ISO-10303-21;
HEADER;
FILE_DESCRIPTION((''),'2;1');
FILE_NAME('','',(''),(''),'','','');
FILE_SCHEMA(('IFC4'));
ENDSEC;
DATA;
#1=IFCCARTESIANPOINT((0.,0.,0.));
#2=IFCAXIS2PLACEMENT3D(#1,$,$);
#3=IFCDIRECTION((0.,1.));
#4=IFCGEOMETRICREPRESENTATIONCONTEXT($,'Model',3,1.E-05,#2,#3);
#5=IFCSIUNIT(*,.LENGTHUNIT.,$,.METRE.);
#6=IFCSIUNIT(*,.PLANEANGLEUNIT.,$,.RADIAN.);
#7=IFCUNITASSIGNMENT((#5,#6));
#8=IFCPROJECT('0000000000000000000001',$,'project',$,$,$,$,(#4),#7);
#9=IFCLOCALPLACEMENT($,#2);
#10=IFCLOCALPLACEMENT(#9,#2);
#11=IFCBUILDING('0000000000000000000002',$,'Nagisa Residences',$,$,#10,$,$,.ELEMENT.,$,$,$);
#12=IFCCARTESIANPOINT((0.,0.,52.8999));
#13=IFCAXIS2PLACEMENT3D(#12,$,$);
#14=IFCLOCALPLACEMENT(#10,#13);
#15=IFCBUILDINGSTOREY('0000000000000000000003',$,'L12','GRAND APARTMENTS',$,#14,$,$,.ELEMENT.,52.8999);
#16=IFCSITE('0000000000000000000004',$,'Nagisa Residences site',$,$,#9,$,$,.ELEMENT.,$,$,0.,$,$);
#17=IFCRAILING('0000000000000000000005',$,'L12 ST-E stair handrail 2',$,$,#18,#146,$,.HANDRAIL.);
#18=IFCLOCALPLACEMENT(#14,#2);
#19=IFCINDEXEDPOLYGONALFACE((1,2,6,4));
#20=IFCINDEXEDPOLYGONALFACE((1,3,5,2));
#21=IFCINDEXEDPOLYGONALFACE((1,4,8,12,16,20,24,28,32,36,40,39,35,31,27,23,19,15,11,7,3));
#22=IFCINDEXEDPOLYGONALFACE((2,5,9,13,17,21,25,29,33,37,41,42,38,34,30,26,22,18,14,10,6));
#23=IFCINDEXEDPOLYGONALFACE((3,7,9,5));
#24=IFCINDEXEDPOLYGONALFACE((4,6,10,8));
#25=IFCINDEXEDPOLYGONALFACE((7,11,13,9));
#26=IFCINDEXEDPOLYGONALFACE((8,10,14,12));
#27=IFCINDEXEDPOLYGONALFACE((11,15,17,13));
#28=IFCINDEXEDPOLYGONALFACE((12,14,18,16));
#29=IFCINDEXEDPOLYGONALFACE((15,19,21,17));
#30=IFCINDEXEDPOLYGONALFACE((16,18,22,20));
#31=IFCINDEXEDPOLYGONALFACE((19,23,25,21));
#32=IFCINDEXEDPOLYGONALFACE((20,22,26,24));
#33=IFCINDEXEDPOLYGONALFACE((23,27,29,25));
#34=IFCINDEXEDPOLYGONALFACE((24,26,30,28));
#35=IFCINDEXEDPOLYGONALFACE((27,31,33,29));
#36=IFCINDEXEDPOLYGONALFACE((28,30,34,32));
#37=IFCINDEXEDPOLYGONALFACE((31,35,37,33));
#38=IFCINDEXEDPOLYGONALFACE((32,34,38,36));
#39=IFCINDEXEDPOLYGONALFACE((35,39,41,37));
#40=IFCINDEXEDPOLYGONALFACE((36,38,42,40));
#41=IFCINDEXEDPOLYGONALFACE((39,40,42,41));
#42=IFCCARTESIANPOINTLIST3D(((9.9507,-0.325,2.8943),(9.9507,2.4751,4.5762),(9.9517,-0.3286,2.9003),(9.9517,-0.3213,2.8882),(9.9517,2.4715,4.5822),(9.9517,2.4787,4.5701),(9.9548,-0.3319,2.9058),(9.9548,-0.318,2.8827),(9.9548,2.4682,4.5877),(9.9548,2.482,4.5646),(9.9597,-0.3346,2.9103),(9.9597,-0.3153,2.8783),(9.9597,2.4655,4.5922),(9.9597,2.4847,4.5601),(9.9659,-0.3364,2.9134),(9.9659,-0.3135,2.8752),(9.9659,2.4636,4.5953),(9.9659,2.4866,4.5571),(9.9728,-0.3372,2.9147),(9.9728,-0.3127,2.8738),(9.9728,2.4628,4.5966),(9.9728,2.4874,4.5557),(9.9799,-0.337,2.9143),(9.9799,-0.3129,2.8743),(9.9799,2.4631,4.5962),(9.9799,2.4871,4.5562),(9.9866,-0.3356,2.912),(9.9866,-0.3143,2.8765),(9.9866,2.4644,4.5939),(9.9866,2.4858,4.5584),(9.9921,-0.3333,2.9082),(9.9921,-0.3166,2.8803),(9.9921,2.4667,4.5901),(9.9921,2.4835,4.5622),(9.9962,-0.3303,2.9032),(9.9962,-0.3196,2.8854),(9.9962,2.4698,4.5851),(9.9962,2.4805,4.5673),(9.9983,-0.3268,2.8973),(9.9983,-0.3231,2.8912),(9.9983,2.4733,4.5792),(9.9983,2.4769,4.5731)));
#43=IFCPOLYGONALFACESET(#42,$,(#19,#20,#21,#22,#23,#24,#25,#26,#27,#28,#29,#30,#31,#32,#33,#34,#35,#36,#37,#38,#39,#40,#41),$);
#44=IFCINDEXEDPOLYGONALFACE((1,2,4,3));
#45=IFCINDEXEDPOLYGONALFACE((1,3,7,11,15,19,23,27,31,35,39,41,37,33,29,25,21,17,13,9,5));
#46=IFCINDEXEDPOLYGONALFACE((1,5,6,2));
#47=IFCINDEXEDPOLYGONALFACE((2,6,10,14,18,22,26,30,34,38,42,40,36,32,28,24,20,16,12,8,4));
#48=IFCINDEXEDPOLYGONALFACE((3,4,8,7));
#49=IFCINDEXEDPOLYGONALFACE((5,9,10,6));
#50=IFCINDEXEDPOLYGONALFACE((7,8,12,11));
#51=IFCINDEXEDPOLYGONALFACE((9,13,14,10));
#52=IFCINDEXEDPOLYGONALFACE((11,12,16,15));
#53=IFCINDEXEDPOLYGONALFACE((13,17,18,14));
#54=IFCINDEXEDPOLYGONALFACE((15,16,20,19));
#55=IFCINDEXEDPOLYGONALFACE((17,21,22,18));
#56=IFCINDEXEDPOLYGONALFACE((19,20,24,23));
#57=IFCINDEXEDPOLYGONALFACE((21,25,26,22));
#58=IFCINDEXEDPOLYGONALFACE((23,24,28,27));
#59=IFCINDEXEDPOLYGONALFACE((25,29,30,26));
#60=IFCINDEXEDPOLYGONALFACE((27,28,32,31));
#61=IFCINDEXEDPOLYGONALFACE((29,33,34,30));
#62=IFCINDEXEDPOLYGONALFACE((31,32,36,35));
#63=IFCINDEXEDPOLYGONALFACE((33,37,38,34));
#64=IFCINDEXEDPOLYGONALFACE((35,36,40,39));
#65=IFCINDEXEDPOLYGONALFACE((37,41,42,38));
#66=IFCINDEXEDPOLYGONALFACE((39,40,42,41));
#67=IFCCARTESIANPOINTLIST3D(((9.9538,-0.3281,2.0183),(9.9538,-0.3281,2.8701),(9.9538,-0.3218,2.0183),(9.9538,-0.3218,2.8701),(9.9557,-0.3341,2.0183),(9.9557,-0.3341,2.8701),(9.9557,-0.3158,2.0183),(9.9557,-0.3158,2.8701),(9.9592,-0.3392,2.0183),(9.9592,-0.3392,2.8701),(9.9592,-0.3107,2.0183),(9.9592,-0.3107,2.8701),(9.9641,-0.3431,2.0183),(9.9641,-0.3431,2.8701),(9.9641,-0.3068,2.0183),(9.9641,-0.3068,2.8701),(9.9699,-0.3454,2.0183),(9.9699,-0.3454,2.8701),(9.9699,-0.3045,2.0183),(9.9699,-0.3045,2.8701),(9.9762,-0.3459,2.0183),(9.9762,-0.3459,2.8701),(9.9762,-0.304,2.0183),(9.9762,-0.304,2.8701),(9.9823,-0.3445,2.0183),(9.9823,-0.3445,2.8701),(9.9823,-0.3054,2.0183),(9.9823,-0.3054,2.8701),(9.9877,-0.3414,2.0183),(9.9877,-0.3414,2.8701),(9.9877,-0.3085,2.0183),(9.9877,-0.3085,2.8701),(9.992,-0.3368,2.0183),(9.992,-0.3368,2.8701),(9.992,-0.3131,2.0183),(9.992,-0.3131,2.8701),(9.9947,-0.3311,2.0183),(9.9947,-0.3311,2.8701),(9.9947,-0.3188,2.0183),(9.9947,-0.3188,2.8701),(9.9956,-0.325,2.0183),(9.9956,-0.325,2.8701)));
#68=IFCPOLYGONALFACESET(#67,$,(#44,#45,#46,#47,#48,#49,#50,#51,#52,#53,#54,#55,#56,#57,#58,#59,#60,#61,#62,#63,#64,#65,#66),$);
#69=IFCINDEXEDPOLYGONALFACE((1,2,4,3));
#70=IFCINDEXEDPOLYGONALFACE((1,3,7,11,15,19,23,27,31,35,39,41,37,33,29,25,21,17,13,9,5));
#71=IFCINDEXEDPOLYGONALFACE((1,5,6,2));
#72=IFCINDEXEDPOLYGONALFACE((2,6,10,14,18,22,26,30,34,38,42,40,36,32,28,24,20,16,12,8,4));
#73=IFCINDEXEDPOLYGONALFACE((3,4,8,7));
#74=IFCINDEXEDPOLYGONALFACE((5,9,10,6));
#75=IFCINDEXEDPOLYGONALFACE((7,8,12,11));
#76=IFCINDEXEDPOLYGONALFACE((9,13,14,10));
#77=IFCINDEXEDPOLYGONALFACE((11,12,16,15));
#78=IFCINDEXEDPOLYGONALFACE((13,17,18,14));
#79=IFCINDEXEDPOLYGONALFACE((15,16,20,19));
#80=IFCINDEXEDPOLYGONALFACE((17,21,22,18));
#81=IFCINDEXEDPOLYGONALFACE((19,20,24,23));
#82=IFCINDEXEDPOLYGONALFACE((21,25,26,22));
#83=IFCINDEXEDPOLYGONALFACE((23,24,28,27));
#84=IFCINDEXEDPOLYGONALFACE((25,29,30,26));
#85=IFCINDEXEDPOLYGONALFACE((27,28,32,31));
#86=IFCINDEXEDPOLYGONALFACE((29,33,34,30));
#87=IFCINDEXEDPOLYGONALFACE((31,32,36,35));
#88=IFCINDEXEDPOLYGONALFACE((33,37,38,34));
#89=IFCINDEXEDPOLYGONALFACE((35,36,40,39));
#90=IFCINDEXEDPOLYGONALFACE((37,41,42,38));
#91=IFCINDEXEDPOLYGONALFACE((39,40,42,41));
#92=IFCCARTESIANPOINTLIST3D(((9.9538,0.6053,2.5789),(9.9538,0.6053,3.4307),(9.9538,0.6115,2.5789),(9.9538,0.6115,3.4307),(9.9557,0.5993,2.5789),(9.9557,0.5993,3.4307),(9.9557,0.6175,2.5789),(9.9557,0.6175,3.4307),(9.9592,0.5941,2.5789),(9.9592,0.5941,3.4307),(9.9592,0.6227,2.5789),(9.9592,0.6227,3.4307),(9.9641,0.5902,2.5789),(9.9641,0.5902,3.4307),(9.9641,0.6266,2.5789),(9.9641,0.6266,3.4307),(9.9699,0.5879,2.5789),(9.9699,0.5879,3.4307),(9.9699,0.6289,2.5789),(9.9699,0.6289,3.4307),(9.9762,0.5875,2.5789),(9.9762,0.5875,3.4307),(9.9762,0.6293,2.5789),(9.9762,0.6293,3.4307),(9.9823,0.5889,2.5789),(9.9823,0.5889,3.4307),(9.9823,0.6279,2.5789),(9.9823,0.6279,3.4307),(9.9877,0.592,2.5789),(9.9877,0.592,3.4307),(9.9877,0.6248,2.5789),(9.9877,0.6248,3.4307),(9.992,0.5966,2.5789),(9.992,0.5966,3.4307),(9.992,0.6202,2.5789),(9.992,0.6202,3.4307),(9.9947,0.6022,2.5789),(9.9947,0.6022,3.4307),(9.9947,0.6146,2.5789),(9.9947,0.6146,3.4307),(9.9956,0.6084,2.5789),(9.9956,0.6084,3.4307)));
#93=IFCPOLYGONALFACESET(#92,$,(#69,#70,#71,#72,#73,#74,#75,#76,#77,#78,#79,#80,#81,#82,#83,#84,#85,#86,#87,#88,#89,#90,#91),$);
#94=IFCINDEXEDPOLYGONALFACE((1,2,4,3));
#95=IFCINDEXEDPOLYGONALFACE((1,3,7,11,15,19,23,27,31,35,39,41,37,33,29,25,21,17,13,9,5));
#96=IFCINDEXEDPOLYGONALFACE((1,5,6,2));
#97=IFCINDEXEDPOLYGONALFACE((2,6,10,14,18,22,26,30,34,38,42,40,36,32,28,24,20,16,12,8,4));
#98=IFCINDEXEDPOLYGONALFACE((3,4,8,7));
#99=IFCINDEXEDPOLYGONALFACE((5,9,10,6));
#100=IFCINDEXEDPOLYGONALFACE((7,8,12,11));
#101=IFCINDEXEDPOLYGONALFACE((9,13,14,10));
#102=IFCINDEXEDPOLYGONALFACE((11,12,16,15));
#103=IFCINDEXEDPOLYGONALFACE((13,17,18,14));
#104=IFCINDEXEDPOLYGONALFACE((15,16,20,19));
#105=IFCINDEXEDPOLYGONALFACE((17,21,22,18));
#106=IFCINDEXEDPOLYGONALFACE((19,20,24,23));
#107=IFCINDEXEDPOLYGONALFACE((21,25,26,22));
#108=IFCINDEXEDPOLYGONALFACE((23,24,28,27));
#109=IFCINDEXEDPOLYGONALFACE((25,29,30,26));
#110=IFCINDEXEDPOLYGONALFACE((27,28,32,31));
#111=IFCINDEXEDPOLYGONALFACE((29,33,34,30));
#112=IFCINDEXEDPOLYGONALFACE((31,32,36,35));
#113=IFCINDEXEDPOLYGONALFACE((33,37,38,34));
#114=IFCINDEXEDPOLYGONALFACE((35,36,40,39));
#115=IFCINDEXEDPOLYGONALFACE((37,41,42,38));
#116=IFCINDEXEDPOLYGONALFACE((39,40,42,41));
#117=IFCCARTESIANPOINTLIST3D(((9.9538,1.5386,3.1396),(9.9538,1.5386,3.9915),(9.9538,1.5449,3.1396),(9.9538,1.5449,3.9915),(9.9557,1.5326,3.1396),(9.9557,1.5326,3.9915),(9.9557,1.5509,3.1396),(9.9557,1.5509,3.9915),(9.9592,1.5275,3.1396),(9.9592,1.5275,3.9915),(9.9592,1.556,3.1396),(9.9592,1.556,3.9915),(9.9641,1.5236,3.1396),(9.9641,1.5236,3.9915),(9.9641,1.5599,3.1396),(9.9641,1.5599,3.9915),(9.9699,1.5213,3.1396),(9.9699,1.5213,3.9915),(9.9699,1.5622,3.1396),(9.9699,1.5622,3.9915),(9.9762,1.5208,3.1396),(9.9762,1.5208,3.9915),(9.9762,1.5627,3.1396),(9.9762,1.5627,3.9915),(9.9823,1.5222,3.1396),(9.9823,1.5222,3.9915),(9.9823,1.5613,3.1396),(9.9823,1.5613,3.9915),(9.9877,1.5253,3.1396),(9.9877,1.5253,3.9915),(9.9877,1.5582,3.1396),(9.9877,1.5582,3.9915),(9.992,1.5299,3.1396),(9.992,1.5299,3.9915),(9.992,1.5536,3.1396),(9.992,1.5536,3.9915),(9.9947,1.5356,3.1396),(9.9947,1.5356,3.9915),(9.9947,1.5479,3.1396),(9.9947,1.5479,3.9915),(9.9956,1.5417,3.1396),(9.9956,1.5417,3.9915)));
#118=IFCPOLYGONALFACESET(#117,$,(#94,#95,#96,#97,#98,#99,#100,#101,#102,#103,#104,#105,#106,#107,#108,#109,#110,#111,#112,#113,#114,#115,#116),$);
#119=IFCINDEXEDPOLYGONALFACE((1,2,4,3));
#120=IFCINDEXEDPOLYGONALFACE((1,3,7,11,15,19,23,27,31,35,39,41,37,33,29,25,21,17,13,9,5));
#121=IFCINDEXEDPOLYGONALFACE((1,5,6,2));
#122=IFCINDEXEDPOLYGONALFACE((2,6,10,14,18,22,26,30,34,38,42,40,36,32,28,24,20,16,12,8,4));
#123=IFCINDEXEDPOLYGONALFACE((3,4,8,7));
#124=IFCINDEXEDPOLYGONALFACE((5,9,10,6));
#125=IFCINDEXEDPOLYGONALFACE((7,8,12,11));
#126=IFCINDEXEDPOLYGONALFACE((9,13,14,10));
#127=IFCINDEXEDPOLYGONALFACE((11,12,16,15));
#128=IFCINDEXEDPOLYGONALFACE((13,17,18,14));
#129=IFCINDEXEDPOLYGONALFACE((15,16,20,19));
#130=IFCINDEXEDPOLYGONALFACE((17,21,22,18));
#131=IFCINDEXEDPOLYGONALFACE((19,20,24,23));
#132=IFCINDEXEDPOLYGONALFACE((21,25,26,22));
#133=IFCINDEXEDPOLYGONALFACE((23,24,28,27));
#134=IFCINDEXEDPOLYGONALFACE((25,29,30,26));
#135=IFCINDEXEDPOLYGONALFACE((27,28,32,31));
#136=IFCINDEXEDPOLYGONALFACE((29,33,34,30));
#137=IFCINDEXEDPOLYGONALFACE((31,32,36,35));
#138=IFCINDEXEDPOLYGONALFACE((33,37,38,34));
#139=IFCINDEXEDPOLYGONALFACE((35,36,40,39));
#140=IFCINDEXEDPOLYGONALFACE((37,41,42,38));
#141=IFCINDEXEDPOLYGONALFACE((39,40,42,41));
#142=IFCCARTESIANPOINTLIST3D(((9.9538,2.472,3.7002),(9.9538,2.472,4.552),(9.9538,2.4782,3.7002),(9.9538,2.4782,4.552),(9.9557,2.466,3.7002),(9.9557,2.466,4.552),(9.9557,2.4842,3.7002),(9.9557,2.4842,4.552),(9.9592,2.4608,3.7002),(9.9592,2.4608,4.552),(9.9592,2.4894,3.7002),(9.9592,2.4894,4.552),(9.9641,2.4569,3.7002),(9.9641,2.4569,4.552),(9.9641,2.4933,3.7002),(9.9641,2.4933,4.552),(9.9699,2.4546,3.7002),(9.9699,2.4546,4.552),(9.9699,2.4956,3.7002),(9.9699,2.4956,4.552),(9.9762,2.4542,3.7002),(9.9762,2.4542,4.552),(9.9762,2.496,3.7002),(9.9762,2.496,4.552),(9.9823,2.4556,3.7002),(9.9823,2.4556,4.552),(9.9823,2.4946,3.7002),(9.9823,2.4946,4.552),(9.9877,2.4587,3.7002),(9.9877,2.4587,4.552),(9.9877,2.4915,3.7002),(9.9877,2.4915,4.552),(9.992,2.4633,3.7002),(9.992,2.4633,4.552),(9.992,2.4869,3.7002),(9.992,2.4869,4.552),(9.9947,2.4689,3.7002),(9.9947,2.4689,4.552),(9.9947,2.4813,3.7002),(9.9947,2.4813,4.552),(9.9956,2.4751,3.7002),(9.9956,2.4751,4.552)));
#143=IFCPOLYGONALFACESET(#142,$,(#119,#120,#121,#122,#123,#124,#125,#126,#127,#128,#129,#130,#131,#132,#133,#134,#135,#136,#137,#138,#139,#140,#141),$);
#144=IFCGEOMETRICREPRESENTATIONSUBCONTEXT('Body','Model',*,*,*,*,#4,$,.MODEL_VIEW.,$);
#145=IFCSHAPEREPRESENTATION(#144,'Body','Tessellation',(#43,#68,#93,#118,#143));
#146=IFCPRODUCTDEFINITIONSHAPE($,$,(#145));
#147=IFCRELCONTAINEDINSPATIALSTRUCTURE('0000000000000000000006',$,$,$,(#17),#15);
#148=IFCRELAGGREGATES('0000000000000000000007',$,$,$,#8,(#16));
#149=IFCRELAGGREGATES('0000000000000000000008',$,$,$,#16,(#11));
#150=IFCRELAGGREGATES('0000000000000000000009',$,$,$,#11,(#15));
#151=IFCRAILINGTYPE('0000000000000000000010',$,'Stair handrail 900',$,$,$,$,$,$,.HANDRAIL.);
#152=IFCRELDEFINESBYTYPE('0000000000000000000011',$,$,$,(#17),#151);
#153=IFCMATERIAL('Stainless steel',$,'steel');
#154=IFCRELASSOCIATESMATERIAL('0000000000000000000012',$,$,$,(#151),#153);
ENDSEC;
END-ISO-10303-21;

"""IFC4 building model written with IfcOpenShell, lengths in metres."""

from ifc_helpers import new_model, si_unit, direction, frame, origin, origin_2d, place, context, subcontext, project, spatial, circle, extrude, material, type_object, element, save


model = new_model("IFC4")

# Units and contexts
model_context = context("Model", 3, precision=1e-05, world=origin(), true_north=direction((0.0, 1.0)))
body_context = subcontext(model_context, "Body", "Model", "MODEL_VIEW")
ifc_project = project(units=[si_unit("LENGTHUNIT", "METRE"), si_unit("PLANEANGLEUNIT", "RADIAN")], contexts=[model_context])

# Site, building, storey
site_placement = place(None, origin())
site = spatial("IfcSite", under=ifc_project, at=site_placement, Name="Nagisa Residences site", CompositionType="ELEMENT", RefElevation=0.0)
building_placement = place(site_placement, origin())
building = spatial("IfcBuilding", under=site, at=building_placement, Name="Nagisa Residences", CompositionType="ELEMENT")
storey_placement = place(building_placement, frame((0.0, 0.0, 52.8999)))
storey = spatial("IfcBuildingStorey", under=building, at=storey_placement, Name="L12", Description="GRAND APARTMENTS", CompositionType="ELEMENT", Elevation=52.8999)

# Railing
ifc_material_1 = material(Name="Stainless steel", Category="steel")
railing_type_1 = type_object("IfcRailingType", Name="Stair handrail 900", PredefinedType="HANDRAIL", material=ifc_material_1)
railing_1_placement = place(storey_placement, frame((9.9746, -0.325, 2.0183)))
element("IfcRailing", 1, at=railing_1_placement, inside=storey, type_object=railing_type_1, Name="L12 ST-E stair handrail 2", PredefinedType="HANDRAIL", context=body_context, shape_type="SweptSolid", body=[
    extrude(circle(Radius=0.0239, at=origin_2d()), frame((0.0, 0.0, 0.876), z_axis=(0.0, 0.857242, 0.514913), x_axis=(-1.0, 0.0, 0.0)), (0.0, 0.0, 1.0), 3.2664),
    extrude(circle(Radius=0.021, at=origin_2d()), origin(), (0.0, 0.0, 1.0), 0.8518),
    extrude(circle(Radius=0.021, at=origin_2d()), frame((0.0, 0.9333, 0.5605)), (0.0, 0.0, 1.0), 0.8518),
    extrude(circle(Radius=0.021, at=origin_2d()), frame((0.0, 1.8667, 1.1213)), (0.0, 0.0, 1.0), 0.8518),
    extrude(circle(Radius=0.021, at=origin_2d()), frame((0.0, 2.8, 1.6819)), (0.0, 0.0, 1.0), 0.8518),
])

save(model, "model.ifc")
